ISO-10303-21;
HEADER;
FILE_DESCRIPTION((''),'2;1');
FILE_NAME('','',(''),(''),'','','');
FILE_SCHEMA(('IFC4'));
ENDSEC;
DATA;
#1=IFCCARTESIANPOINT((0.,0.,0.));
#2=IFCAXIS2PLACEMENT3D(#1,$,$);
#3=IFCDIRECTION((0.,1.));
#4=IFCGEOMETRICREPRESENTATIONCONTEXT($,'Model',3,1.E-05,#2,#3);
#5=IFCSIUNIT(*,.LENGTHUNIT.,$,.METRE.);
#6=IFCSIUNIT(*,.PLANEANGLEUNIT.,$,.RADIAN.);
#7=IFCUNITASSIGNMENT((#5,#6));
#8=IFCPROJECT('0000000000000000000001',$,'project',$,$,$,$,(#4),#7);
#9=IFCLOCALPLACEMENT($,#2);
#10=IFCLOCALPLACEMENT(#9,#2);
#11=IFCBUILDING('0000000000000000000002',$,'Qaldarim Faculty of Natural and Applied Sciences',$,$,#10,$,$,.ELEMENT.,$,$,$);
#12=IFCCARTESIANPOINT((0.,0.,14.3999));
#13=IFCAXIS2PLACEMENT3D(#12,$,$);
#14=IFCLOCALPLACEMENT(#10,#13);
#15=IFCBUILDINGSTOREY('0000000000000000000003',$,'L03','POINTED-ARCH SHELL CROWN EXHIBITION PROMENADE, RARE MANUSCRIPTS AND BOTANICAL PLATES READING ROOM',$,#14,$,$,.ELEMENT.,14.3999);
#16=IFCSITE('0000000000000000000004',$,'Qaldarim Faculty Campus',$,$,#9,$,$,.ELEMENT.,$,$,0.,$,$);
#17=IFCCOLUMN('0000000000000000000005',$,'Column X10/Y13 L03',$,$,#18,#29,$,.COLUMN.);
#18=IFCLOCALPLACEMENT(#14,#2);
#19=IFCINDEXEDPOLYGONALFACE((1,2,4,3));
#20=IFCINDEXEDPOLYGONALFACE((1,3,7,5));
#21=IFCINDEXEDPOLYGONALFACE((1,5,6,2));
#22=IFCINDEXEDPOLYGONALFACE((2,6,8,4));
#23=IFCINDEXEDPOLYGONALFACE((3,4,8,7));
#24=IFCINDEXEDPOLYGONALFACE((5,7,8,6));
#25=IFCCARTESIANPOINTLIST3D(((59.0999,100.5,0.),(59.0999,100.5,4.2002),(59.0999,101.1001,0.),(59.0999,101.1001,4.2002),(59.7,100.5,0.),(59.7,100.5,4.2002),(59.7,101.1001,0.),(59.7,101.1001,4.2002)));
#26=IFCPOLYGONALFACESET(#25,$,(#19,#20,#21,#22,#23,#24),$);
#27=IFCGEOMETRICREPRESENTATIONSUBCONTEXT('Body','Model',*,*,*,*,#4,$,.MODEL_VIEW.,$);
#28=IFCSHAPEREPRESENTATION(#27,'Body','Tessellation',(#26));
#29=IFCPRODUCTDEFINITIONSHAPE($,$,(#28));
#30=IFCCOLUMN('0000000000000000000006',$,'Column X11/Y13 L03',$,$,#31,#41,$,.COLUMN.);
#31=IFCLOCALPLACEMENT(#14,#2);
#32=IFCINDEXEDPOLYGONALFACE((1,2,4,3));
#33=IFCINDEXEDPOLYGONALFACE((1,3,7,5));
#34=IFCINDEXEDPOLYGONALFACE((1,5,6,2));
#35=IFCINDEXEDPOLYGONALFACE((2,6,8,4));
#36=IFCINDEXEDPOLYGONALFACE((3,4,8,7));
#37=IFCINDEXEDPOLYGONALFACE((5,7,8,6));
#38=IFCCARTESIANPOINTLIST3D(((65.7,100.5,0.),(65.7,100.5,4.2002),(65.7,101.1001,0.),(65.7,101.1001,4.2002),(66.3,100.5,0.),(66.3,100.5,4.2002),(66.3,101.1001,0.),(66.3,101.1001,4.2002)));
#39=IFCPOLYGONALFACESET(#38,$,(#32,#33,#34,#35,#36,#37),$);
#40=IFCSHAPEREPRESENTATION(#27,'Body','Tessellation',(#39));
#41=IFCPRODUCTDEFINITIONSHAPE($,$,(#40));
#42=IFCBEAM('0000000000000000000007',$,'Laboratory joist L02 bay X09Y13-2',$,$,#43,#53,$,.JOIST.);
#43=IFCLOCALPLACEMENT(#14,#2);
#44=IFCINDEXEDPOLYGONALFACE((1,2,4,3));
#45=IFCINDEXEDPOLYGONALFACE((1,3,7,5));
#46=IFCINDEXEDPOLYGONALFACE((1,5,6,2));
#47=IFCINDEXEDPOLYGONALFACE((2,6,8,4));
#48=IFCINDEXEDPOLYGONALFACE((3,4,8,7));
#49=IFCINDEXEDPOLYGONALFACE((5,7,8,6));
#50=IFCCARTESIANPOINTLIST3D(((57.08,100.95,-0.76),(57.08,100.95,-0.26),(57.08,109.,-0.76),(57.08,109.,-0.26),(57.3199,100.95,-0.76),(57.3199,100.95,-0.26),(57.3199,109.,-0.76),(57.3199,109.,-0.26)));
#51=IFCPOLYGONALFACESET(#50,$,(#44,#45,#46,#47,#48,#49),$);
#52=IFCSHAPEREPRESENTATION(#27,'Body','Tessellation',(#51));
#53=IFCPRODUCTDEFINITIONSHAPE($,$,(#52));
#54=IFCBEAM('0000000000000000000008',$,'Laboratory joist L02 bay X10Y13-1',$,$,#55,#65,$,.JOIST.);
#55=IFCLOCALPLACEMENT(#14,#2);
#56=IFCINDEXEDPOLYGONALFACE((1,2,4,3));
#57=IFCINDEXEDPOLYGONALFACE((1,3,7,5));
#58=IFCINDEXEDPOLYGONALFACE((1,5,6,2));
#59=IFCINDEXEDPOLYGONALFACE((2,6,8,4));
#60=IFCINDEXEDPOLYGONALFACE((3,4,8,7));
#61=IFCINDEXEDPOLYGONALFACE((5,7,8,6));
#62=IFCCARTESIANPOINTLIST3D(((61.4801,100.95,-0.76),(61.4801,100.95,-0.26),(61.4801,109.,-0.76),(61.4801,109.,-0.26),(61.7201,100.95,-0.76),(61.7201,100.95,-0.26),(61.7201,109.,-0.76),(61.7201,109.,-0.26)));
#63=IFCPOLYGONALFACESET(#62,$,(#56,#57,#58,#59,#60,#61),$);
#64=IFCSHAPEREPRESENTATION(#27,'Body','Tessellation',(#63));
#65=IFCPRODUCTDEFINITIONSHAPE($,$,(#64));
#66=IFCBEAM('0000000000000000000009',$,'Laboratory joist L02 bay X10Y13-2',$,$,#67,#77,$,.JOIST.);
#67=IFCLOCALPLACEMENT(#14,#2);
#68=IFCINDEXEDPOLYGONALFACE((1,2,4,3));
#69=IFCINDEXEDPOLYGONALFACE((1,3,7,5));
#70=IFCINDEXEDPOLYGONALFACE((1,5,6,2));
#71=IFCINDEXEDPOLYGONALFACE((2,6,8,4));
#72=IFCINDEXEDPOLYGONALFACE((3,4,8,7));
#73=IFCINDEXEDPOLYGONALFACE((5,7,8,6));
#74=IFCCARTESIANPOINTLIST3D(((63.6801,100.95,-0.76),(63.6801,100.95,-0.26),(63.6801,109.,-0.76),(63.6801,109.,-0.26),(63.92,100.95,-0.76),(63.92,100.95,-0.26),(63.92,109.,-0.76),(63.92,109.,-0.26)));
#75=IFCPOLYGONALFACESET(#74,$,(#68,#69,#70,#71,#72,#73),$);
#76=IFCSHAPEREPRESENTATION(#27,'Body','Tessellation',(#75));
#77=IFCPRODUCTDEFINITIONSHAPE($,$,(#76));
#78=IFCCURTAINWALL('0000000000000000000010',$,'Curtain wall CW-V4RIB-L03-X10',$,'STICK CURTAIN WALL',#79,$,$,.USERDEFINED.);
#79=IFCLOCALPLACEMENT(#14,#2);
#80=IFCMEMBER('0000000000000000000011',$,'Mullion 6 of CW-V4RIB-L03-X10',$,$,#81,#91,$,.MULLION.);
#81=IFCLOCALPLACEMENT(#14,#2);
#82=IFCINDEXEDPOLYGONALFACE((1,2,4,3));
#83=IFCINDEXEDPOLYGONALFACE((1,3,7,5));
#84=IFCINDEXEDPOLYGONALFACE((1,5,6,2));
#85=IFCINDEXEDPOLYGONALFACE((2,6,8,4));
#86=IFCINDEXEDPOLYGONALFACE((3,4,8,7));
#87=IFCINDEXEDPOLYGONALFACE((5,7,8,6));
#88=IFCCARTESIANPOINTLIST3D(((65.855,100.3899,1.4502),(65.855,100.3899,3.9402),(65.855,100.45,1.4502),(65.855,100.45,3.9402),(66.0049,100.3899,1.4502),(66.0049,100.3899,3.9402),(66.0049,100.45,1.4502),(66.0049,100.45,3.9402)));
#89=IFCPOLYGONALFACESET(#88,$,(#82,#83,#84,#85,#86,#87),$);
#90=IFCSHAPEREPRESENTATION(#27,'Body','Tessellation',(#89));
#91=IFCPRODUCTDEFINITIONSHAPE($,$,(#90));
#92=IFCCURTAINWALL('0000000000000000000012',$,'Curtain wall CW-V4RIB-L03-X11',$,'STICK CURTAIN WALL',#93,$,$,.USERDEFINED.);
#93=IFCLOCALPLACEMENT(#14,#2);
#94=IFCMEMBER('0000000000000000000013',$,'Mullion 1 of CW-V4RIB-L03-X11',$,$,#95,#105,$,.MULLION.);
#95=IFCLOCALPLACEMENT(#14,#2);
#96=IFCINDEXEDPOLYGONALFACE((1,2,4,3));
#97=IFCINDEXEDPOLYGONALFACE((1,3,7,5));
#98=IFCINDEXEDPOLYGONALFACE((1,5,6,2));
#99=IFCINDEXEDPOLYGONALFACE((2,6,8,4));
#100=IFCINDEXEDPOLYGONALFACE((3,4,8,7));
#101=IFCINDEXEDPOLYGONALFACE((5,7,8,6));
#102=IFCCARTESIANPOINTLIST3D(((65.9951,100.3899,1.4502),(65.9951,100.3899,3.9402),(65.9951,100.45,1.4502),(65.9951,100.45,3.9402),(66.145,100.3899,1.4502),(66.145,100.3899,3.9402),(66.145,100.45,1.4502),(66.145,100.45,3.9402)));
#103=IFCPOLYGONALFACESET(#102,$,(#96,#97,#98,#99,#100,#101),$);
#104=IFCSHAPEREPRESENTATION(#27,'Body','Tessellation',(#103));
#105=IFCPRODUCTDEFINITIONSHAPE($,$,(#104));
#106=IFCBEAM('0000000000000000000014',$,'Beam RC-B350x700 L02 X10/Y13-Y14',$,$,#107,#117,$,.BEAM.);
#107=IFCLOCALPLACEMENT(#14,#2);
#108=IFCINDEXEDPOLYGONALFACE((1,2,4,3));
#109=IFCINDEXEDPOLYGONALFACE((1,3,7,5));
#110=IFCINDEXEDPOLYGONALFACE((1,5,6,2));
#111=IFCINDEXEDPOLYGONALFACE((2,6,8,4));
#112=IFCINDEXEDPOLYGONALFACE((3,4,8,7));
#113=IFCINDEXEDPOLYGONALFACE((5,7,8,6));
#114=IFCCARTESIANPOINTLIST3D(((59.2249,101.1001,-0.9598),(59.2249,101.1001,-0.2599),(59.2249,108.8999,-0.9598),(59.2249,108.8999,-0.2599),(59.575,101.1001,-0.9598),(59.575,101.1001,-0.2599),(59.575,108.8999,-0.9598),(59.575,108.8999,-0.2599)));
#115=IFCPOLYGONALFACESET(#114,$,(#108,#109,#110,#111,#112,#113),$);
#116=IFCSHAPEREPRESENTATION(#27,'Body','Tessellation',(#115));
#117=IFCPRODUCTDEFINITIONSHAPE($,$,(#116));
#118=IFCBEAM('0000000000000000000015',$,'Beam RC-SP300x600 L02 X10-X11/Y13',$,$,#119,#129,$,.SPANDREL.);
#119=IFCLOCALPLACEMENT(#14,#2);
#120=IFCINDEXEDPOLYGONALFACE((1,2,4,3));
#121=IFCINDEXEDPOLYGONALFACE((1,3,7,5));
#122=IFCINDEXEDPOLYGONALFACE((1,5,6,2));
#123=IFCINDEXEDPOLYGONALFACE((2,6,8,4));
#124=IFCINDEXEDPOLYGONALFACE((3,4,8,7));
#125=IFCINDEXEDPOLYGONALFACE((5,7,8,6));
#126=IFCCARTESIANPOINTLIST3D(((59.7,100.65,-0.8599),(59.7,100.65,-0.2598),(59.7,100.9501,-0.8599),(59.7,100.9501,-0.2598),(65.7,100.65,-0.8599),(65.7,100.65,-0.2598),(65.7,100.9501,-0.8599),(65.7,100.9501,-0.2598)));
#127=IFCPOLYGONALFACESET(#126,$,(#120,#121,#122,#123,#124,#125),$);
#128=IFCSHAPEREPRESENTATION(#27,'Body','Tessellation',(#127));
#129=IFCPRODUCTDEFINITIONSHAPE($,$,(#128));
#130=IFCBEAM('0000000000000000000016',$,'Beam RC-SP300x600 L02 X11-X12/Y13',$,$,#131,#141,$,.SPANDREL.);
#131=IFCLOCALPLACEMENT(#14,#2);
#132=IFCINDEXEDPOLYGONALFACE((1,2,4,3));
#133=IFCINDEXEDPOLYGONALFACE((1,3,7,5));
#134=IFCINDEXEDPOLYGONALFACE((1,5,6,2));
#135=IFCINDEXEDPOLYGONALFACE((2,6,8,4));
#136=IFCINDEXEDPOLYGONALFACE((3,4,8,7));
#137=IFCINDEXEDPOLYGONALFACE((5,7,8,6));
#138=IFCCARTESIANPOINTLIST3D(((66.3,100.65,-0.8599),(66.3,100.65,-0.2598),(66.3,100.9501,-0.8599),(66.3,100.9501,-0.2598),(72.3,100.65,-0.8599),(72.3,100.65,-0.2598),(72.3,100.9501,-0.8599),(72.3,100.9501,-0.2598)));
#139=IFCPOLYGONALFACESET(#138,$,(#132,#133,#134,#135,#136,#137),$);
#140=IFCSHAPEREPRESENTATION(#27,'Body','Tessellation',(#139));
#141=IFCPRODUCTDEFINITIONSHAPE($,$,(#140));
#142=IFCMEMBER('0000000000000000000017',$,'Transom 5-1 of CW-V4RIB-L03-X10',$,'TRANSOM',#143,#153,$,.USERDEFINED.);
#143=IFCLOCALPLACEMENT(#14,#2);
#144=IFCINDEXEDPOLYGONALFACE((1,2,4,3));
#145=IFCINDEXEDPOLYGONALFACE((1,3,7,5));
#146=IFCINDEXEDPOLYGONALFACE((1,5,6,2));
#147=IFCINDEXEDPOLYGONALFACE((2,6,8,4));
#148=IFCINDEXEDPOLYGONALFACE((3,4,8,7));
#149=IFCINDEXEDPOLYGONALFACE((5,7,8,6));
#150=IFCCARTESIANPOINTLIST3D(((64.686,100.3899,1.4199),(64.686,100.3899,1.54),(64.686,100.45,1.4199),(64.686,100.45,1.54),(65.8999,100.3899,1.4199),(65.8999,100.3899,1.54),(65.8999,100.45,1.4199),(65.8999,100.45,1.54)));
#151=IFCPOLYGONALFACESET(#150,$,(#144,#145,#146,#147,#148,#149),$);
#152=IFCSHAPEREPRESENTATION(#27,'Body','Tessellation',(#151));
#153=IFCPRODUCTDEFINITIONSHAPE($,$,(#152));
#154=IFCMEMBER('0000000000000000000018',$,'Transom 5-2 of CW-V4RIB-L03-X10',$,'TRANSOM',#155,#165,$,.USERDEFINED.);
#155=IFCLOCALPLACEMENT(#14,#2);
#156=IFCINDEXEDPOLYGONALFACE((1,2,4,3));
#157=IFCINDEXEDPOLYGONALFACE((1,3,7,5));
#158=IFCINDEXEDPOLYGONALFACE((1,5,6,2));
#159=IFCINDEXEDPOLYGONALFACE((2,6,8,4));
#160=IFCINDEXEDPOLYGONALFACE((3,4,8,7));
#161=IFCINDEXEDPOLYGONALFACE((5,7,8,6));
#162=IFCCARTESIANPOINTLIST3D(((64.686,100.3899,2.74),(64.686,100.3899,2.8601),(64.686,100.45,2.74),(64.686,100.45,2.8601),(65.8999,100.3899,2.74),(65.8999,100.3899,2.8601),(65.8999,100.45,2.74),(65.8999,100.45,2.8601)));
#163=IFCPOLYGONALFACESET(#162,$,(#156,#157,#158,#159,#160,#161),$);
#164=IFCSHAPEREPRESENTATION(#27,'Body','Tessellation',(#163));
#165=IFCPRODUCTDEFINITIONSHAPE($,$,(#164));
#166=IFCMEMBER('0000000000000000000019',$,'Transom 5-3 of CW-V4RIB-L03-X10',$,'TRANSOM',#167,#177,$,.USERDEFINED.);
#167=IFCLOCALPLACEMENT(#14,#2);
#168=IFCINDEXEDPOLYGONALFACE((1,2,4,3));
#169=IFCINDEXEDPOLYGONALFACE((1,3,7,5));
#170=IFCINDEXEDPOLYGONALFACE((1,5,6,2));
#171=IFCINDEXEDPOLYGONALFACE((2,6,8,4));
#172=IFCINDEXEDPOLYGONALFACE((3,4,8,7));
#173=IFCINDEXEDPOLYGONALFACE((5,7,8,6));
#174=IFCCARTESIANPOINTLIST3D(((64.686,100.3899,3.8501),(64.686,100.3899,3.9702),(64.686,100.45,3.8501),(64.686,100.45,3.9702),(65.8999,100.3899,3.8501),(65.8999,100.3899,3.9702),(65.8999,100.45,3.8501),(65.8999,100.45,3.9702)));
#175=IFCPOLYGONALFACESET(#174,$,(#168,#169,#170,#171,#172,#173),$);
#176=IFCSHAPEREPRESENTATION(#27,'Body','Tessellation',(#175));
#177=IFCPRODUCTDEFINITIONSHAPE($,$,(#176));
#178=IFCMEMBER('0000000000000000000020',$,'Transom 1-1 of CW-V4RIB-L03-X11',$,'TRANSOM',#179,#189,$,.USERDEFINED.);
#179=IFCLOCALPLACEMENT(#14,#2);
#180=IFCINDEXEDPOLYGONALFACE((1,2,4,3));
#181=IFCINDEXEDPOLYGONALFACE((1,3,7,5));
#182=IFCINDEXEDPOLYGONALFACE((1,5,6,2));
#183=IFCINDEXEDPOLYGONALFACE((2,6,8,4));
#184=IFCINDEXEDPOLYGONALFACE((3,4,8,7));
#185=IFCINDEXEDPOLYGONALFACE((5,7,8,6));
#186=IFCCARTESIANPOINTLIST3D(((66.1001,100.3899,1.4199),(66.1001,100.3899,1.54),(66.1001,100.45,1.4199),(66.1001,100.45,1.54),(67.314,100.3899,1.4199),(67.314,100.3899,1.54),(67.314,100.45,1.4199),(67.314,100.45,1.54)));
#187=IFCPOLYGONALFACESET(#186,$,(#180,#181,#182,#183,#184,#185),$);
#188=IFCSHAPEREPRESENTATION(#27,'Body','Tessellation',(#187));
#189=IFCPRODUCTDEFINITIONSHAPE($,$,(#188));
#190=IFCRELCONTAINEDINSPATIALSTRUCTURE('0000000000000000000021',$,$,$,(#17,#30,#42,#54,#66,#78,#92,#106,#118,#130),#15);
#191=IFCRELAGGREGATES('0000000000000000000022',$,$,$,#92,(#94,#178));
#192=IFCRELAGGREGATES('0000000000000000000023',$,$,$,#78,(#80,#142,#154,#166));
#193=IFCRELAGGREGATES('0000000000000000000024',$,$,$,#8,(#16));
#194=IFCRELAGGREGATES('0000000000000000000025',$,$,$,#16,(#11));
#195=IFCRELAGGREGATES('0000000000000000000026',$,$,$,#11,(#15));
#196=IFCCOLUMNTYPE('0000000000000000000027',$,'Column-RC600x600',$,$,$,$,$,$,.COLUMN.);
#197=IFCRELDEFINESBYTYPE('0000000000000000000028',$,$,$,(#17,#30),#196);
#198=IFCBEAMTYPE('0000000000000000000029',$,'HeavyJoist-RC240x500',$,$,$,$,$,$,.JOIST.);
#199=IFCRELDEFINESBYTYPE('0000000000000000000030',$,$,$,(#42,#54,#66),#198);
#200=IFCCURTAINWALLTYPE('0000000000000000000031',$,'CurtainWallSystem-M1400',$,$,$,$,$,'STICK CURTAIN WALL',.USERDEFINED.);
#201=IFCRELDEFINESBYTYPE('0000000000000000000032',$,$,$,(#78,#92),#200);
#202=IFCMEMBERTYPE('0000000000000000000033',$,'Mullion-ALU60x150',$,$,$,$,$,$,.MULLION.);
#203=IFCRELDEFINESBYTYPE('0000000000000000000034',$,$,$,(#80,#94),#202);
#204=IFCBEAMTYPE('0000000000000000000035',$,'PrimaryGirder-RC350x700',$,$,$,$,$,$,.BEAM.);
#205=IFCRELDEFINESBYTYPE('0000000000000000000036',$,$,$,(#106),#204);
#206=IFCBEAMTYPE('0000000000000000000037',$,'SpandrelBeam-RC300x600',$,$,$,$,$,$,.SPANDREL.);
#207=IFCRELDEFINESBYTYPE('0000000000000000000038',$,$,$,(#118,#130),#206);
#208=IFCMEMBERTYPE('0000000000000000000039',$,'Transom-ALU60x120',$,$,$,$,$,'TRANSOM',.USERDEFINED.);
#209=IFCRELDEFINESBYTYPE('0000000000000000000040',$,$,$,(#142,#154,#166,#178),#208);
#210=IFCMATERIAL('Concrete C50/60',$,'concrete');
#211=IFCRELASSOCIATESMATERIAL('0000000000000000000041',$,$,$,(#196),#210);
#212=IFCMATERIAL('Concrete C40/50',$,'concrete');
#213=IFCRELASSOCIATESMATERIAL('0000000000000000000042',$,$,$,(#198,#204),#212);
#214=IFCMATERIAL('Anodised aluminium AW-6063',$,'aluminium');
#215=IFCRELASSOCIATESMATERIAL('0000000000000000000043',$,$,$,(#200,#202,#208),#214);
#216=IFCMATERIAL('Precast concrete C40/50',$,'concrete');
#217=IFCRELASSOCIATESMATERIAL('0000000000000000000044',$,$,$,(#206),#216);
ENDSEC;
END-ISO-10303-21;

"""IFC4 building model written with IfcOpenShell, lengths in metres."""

from ifc_helpers import new_model, si_unit, direction, frame, origin, origin_2d, place, context, subcontext, project, spatial, rectangle, extrude, material, material_profile, profile_set, type_object, element, aggregate, save


model = new_model("IFC4")

# Units and contexts
model_context = context("Model", 3, precision=1e-05, world=origin(), true_north=direction((0.0, 1.0)))
body_context = subcontext(model_context, "Body", "Model", "MODEL_VIEW")
ifc_project = project(units=[si_unit("LENGTHUNIT", "METRE"), si_unit("PLANEANGLEUNIT", "RADIAN")], contexts=[model_context])

# Site, building, storey
site_placement = place(None, origin())
site = spatial("IfcSite", under=ifc_project, at=site_placement, Name="Qaldarim Faculty Campus", CompositionType="ELEMENT", RefElevation=0.0)
building_placement = place(site_placement, origin())
building = spatial("IfcBuilding", under=site, at=building_placement, Name="Qaldarim Faculty of Natural and Applied Sciences", CompositionType="ELEMENT")
storey_placement = place(building_placement, frame((0.0, 0.0, 14.3999)))
storey = spatial("IfcBuildingStorey", under=building, at=storey_placement, Name="L03", Description="POINTED-ARCH SHELL CROWN EXHIBITION PROMENADE, RARE MANUSCRIPTS AND BOTANICAL PLATES READING ROOM", CompositionType="ELEMENT", Elevation=14.3999)

# Columns
ifc_material_1 = material(Name="Concrete C50/60", Category="concrete")
ifc_material_profile_1 = material_profile(ifc_material_1, rectangle(XDim=0.6001, YDim=0.6001, at=origin_2d()), Name="RC-C600x600")
ifc_profile_set_1 = profile_set([ifc_material_profile_1], Name="Concrete C50/60")
column_type = type_object("IfcColumnType", Name="Column-RC600x600", PredefinedType="COLUMN", material=ifc_profile_set_1)
for number, where, z_axis, x_axis, name in (
    (1, (59.3999, 100.8, 0.0), (0.0, 0.0, 1.0), (1.0, 0.0, 0.0), "Column X10/Y13 L03"),
    (2, (66.0, 100.8, 0.0), (0.0, 0.0, 1.0), (1.0, 0.0, 0.0), "Column X11/Y13 L03"),
):
    element("IfcColumn", number, at=place(storey_placement, frame(where, z_axis=z_axis, x_axis=x_axis)), inside=storey, type_object=column_type, Name=name, PredefinedType="COLUMN", context=body_context, shape_type="SweptSolid", body=[
        extrude(rectangle(XDim=0.6001, YDim=0.6001, at=origin_2d()), origin(), (0.0, 0.0, 1.0), 4.2002),
    ])

# Beams
ifc_material_2 = material(Name="Concrete C40/50", Category="concrete")
ifc_material_profile_2 = material_profile(ifc_material_2, rectangle(XDim=0.24, YDim=0.5, at=origin_2d()), Name="RC-J240x500")
ifc_profile_set_2 = profile_set([ifc_material_profile_2], Name="Concrete C40/50")
beam_type_1 = type_object("IfcBeamType", Name="HeavyJoist-RC240x500", PredefinedType="JOIST", material=ifc_profile_set_2)
for number, where, z_axis, x_axis, name in (
    (3, (57.2, 100.95, -0.51), (0.0, 1.0, 0.0), (-1.0, 0.0, 0.0), "Laboratory joist L02 bay X09Y13-2"),
    (4, (61.6001, 100.95, -0.51), (0.0, 1.0, 0.0), (-1.0, 0.0, 0.0), "Laboratory joist L02 bay X10Y13-1"),
    (5, (63.8, 100.95, -0.51), (0.0, 1.0, 0.0), (-1.0, 0.0, 0.0), "Laboratory joist L02 bay X10Y13-2"),
):
    element("IfcBeam", number, at=place(storey_placement, frame(where, z_axis=z_axis, x_axis=x_axis)), inside=storey, type_object=beam_type_1, Name=name, PredefinedType="JOIST", context=body_context, shape_type="SweptSolid", body=[
        extrude(rectangle(XDim=0.24, YDim=0.5, at=origin_2d()), origin(), (0.0, 0.0, 1.0), 8.05),
    ])

# Curtain walls, members
ifc_material_3 = material(Name="Anodised aluminium AW-6063", Category="aluminium")
curtain_wall_type = type_object("IfcCurtainWallType", Name="CurtainWallSystem-M1400", ElementType="STICK CURTAIN WALL", PredefinedType="USERDEFINED", material=ifc_material_3)
curtain_wall_1_placement = place(storey_placement, origin())
curtain_wall_1 = element("IfcCurtainWall", 6, at=curtain_wall_1_placement, inside=storey, type_object=curtain_wall_type, Name="Curtain wall CW-V4RIB-L03-X10", ObjectType="STICK CURTAIN WALL", PredefinedType="USERDEFINED")
ifc_material_profile_3 = material_profile(ifc_material_3, rectangle(XDim=0.0601, YDim=0.1499, at=origin_2d()), Name="ALU-M60x150")
ifc_profile_set_3 = profile_set([ifc_material_profile_3], Name="Anodised aluminium AW-6063")
member_type_1 = type_object("IfcMemberType", Name="Mullion-ALU60x150", PredefinedType="MULLION", material=ifc_profile_set_3)
member_1_placement = place(storey_placement, frame((65.9299, 100.4199, 1.4502), z_axis=(0.0, 0.0, 1.0), x_axis=(0.0, 1.0, 0.0)))
member_1 = element("IfcMember", 7, at=member_1_placement, type_object=member_type_1, Name="Mullion 6 of CW-V4RIB-L03-X10", PredefinedType="MULLION", context=body_context, shape_type="SweptSolid", body=[
    extrude(rectangle(XDim=0.0601, YDim=0.1499, at=origin_2d()), origin(), (0.0, 0.0, 1.0), 2.49),
])
curtain_wall_2_placement = place(storey_placement, origin())
curtain_wall_2 = element("IfcCurtainWall", 8, at=curtain_wall_2_placement, inside=storey, type_object=curtain_wall_type, Name="Curtain wall CW-V4RIB-L03-X11", ObjectType="STICK CURTAIN WALL", PredefinedType="USERDEFINED")
member_2_placement = place(storey_placement, frame((66.0701, 100.4199, 1.4502), z_axis=(0.0, 0.0, 1.0), x_axis=(0.0, 1.0, 0.0)))
member_2 = element("IfcMember", 9, at=member_2_placement, type_object=member_type_1, Name="Mullion 1 of CW-V4RIB-L03-X11", PredefinedType="MULLION", context=body_context, shape_type="SweptSolid", body=[
    extrude(rectangle(XDim=0.0601, YDim=0.1499, at=origin_2d()), origin(), (0.0, 0.0, 1.0), 2.49),
])

# Beams
ifc_material_profile_4 = material_profile(ifc_material_2, rectangle(XDim=0.3501, YDim=0.7, at=origin_2d()), Name="RC-B350x700")
ifc_profile_set_4 = profile_set([ifc_material_profile_4], Name="Concrete C40/50")
beam_type_2 = type_object("IfcBeamType", Name="PrimaryGirder-RC350x700", PredefinedType="BEAM", material=ifc_profile_set_4)
beam_placement = place(storey_placement, frame((59.3999, 101.1001, -0.6099), z_axis=(0.0, 1.0, 0.0), x_axis=(-1.0, 0.0, 0.0)))
element("IfcBeam", 10, at=beam_placement, inside=storey, type_object=beam_type_2, Name="Beam RC-B350x700 L02 X10/Y13-Y14", PredefinedType="BEAM", context=body_context, shape_type="SweptSolid", body=[
    extrude(rectangle(XDim=0.3501, YDim=0.7, at=origin_2d()), origin(), (0.0, 0.0, 1.0), 7.7998),
])
ifc_material_4 = material(Name="Precast concrete C40/50", Category="concrete")
ifc_material_profile_5 = material_profile(ifc_material_4, rectangle(XDim=0.3, YDim=0.6001, at=origin_2d()), Name="RC-SP300x600")
ifc_profile_set_5 = profile_set([ifc_material_profile_5], Name="Precast concrete C40/50")
beam_type_3 = type_object("IfcBeamType", Name="SpandrelBeam-RC300x600", PredefinedType="SPANDREL", material=ifc_profile_set_5)
for number, where, z_axis, x_axis, name in (
    (11, (59.7, 100.8, -0.5598), (1.0, 0.0, 0.0), (0.0, 1.0, 0.0), "Beam RC-SP300x600 L02 X10-X11/Y13"),
    (12, (66.3, 100.8, -0.5598), (1.0, 0.0, 0.0), (0.0, 1.0, 0.0), "Beam RC-SP300x600 L02 X11-X12/Y13"),
):
    element("IfcBeam", number, at=place(storey_placement, frame(where, z_axis=z_axis, x_axis=x_axis)), inside=storey, type_object=beam_type_3, Name=name, PredefinedType="SPANDREL", context=body_context, shape_type="SweptSolid", body=[
        extrude(rectangle(XDim=0.3, YDim=0.6001, at=origin_2d()), origin(), (0.0, 0.0, 1.0), 6.0),
    ])

# Members
ifc_material_profile_6 = material_profile(ifc_material_3, rectangle(XDim=0.0601, YDim=0.1201, at=origin_2d()), Name="ALU-T60x120")
ifc_profile_set_6 = profile_set([ifc_material_profile_6], Name="Anodised aluminium AW-6063")
member_type_2 = type_object("IfcMemberType", Name="Transom-ALU60x120", ElementType="TRANSOM", PredefinedType="USERDEFINED", material=ifc_profile_set_6)
member_3_placement = place(storey_placement, frame((64.686, 100.4199, 1.48), z_axis=(1.0, 0.0, 0.0), x_axis=(0.0, 1.0, 0.0)))
member_3 = element("IfcMember", 13, at=member_3_placement, type_object=member_type_2, Name="Transom 5-1 of CW-V4RIB-L03-X10", ObjectType="TRANSOM", PredefinedType="USERDEFINED", context=body_context, shape_type="SweptSolid", body=[
    extrude(rectangle(XDim=0.0601, YDim=0.1201, at=origin_2d()), origin(), (0.0, 0.0, 1.0), 1.2139),
])
member_4_placement = place(storey_placement, frame((64.686, 100.4199, 2.8), z_axis=(1.0, 0.0, 0.0), x_axis=(0.0, 1.0, 0.0)))
member_4 = element("IfcMember", 14, at=member_4_placement, type_object=member_type_2, Name="Transom 5-2 of CW-V4RIB-L03-X10", ObjectType="TRANSOM", PredefinedType="USERDEFINED", context=body_context, shape_type="SweptSolid", body=[
    extrude(rectangle(XDim=0.0601, YDim=0.1201, at=origin_2d()), origin(), (0.0, 0.0, 1.0), 1.2139),
])
member_5_placement = place(storey_placement, frame((64.686, 100.4199, 3.9102), z_axis=(1.0, 0.0, 0.0), x_axis=(0.0, 1.0, 0.0)))
member_5 = element("IfcMember", 15, at=member_5_placement, type_object=member_type_2, Name="Transom 5-3 of CW-V4RIB-L03-X10", ObjectType="TRANSOM", PredefinedType="USERDEFINED", context=body_context, shape_type="SweptSolid", body=[
    extrude(rectangle(XDim=0.0601, YDim=0.1201, at=origin_2d()), origin(), (0.0, 0.0, 1.0), 1.2139),
])
member_6_placement = place(storey_placement, frame((66.1001, 100.4199, 1.48), z_axis=(1.0, 0.0, 0.0), x_axis=(0.0, 1.0, 0.0)))
member_6 = element("IfcMember", 16, at=member_6_placement, type_object=member_type_2, Name="Transom 1-1 of CW-V4RIB-L03-X11", ObjectType="TRANSOM", PredefinedType="USERDEFINED", context=body_context, shape_type="SweptSolid", body=[
    extrude(rectangle(XDim=0.0601, YDim=0.1201, at=origin_2d()), origin(), (0.0, 0.0, 1.0), 1.2139),
])
aggregate(curtain_wall_2, [member_2, member_6])

aggregate(curtain_wall_1, [member_1, member_3, member_4, member_5])

save(model, "model.ifc")
